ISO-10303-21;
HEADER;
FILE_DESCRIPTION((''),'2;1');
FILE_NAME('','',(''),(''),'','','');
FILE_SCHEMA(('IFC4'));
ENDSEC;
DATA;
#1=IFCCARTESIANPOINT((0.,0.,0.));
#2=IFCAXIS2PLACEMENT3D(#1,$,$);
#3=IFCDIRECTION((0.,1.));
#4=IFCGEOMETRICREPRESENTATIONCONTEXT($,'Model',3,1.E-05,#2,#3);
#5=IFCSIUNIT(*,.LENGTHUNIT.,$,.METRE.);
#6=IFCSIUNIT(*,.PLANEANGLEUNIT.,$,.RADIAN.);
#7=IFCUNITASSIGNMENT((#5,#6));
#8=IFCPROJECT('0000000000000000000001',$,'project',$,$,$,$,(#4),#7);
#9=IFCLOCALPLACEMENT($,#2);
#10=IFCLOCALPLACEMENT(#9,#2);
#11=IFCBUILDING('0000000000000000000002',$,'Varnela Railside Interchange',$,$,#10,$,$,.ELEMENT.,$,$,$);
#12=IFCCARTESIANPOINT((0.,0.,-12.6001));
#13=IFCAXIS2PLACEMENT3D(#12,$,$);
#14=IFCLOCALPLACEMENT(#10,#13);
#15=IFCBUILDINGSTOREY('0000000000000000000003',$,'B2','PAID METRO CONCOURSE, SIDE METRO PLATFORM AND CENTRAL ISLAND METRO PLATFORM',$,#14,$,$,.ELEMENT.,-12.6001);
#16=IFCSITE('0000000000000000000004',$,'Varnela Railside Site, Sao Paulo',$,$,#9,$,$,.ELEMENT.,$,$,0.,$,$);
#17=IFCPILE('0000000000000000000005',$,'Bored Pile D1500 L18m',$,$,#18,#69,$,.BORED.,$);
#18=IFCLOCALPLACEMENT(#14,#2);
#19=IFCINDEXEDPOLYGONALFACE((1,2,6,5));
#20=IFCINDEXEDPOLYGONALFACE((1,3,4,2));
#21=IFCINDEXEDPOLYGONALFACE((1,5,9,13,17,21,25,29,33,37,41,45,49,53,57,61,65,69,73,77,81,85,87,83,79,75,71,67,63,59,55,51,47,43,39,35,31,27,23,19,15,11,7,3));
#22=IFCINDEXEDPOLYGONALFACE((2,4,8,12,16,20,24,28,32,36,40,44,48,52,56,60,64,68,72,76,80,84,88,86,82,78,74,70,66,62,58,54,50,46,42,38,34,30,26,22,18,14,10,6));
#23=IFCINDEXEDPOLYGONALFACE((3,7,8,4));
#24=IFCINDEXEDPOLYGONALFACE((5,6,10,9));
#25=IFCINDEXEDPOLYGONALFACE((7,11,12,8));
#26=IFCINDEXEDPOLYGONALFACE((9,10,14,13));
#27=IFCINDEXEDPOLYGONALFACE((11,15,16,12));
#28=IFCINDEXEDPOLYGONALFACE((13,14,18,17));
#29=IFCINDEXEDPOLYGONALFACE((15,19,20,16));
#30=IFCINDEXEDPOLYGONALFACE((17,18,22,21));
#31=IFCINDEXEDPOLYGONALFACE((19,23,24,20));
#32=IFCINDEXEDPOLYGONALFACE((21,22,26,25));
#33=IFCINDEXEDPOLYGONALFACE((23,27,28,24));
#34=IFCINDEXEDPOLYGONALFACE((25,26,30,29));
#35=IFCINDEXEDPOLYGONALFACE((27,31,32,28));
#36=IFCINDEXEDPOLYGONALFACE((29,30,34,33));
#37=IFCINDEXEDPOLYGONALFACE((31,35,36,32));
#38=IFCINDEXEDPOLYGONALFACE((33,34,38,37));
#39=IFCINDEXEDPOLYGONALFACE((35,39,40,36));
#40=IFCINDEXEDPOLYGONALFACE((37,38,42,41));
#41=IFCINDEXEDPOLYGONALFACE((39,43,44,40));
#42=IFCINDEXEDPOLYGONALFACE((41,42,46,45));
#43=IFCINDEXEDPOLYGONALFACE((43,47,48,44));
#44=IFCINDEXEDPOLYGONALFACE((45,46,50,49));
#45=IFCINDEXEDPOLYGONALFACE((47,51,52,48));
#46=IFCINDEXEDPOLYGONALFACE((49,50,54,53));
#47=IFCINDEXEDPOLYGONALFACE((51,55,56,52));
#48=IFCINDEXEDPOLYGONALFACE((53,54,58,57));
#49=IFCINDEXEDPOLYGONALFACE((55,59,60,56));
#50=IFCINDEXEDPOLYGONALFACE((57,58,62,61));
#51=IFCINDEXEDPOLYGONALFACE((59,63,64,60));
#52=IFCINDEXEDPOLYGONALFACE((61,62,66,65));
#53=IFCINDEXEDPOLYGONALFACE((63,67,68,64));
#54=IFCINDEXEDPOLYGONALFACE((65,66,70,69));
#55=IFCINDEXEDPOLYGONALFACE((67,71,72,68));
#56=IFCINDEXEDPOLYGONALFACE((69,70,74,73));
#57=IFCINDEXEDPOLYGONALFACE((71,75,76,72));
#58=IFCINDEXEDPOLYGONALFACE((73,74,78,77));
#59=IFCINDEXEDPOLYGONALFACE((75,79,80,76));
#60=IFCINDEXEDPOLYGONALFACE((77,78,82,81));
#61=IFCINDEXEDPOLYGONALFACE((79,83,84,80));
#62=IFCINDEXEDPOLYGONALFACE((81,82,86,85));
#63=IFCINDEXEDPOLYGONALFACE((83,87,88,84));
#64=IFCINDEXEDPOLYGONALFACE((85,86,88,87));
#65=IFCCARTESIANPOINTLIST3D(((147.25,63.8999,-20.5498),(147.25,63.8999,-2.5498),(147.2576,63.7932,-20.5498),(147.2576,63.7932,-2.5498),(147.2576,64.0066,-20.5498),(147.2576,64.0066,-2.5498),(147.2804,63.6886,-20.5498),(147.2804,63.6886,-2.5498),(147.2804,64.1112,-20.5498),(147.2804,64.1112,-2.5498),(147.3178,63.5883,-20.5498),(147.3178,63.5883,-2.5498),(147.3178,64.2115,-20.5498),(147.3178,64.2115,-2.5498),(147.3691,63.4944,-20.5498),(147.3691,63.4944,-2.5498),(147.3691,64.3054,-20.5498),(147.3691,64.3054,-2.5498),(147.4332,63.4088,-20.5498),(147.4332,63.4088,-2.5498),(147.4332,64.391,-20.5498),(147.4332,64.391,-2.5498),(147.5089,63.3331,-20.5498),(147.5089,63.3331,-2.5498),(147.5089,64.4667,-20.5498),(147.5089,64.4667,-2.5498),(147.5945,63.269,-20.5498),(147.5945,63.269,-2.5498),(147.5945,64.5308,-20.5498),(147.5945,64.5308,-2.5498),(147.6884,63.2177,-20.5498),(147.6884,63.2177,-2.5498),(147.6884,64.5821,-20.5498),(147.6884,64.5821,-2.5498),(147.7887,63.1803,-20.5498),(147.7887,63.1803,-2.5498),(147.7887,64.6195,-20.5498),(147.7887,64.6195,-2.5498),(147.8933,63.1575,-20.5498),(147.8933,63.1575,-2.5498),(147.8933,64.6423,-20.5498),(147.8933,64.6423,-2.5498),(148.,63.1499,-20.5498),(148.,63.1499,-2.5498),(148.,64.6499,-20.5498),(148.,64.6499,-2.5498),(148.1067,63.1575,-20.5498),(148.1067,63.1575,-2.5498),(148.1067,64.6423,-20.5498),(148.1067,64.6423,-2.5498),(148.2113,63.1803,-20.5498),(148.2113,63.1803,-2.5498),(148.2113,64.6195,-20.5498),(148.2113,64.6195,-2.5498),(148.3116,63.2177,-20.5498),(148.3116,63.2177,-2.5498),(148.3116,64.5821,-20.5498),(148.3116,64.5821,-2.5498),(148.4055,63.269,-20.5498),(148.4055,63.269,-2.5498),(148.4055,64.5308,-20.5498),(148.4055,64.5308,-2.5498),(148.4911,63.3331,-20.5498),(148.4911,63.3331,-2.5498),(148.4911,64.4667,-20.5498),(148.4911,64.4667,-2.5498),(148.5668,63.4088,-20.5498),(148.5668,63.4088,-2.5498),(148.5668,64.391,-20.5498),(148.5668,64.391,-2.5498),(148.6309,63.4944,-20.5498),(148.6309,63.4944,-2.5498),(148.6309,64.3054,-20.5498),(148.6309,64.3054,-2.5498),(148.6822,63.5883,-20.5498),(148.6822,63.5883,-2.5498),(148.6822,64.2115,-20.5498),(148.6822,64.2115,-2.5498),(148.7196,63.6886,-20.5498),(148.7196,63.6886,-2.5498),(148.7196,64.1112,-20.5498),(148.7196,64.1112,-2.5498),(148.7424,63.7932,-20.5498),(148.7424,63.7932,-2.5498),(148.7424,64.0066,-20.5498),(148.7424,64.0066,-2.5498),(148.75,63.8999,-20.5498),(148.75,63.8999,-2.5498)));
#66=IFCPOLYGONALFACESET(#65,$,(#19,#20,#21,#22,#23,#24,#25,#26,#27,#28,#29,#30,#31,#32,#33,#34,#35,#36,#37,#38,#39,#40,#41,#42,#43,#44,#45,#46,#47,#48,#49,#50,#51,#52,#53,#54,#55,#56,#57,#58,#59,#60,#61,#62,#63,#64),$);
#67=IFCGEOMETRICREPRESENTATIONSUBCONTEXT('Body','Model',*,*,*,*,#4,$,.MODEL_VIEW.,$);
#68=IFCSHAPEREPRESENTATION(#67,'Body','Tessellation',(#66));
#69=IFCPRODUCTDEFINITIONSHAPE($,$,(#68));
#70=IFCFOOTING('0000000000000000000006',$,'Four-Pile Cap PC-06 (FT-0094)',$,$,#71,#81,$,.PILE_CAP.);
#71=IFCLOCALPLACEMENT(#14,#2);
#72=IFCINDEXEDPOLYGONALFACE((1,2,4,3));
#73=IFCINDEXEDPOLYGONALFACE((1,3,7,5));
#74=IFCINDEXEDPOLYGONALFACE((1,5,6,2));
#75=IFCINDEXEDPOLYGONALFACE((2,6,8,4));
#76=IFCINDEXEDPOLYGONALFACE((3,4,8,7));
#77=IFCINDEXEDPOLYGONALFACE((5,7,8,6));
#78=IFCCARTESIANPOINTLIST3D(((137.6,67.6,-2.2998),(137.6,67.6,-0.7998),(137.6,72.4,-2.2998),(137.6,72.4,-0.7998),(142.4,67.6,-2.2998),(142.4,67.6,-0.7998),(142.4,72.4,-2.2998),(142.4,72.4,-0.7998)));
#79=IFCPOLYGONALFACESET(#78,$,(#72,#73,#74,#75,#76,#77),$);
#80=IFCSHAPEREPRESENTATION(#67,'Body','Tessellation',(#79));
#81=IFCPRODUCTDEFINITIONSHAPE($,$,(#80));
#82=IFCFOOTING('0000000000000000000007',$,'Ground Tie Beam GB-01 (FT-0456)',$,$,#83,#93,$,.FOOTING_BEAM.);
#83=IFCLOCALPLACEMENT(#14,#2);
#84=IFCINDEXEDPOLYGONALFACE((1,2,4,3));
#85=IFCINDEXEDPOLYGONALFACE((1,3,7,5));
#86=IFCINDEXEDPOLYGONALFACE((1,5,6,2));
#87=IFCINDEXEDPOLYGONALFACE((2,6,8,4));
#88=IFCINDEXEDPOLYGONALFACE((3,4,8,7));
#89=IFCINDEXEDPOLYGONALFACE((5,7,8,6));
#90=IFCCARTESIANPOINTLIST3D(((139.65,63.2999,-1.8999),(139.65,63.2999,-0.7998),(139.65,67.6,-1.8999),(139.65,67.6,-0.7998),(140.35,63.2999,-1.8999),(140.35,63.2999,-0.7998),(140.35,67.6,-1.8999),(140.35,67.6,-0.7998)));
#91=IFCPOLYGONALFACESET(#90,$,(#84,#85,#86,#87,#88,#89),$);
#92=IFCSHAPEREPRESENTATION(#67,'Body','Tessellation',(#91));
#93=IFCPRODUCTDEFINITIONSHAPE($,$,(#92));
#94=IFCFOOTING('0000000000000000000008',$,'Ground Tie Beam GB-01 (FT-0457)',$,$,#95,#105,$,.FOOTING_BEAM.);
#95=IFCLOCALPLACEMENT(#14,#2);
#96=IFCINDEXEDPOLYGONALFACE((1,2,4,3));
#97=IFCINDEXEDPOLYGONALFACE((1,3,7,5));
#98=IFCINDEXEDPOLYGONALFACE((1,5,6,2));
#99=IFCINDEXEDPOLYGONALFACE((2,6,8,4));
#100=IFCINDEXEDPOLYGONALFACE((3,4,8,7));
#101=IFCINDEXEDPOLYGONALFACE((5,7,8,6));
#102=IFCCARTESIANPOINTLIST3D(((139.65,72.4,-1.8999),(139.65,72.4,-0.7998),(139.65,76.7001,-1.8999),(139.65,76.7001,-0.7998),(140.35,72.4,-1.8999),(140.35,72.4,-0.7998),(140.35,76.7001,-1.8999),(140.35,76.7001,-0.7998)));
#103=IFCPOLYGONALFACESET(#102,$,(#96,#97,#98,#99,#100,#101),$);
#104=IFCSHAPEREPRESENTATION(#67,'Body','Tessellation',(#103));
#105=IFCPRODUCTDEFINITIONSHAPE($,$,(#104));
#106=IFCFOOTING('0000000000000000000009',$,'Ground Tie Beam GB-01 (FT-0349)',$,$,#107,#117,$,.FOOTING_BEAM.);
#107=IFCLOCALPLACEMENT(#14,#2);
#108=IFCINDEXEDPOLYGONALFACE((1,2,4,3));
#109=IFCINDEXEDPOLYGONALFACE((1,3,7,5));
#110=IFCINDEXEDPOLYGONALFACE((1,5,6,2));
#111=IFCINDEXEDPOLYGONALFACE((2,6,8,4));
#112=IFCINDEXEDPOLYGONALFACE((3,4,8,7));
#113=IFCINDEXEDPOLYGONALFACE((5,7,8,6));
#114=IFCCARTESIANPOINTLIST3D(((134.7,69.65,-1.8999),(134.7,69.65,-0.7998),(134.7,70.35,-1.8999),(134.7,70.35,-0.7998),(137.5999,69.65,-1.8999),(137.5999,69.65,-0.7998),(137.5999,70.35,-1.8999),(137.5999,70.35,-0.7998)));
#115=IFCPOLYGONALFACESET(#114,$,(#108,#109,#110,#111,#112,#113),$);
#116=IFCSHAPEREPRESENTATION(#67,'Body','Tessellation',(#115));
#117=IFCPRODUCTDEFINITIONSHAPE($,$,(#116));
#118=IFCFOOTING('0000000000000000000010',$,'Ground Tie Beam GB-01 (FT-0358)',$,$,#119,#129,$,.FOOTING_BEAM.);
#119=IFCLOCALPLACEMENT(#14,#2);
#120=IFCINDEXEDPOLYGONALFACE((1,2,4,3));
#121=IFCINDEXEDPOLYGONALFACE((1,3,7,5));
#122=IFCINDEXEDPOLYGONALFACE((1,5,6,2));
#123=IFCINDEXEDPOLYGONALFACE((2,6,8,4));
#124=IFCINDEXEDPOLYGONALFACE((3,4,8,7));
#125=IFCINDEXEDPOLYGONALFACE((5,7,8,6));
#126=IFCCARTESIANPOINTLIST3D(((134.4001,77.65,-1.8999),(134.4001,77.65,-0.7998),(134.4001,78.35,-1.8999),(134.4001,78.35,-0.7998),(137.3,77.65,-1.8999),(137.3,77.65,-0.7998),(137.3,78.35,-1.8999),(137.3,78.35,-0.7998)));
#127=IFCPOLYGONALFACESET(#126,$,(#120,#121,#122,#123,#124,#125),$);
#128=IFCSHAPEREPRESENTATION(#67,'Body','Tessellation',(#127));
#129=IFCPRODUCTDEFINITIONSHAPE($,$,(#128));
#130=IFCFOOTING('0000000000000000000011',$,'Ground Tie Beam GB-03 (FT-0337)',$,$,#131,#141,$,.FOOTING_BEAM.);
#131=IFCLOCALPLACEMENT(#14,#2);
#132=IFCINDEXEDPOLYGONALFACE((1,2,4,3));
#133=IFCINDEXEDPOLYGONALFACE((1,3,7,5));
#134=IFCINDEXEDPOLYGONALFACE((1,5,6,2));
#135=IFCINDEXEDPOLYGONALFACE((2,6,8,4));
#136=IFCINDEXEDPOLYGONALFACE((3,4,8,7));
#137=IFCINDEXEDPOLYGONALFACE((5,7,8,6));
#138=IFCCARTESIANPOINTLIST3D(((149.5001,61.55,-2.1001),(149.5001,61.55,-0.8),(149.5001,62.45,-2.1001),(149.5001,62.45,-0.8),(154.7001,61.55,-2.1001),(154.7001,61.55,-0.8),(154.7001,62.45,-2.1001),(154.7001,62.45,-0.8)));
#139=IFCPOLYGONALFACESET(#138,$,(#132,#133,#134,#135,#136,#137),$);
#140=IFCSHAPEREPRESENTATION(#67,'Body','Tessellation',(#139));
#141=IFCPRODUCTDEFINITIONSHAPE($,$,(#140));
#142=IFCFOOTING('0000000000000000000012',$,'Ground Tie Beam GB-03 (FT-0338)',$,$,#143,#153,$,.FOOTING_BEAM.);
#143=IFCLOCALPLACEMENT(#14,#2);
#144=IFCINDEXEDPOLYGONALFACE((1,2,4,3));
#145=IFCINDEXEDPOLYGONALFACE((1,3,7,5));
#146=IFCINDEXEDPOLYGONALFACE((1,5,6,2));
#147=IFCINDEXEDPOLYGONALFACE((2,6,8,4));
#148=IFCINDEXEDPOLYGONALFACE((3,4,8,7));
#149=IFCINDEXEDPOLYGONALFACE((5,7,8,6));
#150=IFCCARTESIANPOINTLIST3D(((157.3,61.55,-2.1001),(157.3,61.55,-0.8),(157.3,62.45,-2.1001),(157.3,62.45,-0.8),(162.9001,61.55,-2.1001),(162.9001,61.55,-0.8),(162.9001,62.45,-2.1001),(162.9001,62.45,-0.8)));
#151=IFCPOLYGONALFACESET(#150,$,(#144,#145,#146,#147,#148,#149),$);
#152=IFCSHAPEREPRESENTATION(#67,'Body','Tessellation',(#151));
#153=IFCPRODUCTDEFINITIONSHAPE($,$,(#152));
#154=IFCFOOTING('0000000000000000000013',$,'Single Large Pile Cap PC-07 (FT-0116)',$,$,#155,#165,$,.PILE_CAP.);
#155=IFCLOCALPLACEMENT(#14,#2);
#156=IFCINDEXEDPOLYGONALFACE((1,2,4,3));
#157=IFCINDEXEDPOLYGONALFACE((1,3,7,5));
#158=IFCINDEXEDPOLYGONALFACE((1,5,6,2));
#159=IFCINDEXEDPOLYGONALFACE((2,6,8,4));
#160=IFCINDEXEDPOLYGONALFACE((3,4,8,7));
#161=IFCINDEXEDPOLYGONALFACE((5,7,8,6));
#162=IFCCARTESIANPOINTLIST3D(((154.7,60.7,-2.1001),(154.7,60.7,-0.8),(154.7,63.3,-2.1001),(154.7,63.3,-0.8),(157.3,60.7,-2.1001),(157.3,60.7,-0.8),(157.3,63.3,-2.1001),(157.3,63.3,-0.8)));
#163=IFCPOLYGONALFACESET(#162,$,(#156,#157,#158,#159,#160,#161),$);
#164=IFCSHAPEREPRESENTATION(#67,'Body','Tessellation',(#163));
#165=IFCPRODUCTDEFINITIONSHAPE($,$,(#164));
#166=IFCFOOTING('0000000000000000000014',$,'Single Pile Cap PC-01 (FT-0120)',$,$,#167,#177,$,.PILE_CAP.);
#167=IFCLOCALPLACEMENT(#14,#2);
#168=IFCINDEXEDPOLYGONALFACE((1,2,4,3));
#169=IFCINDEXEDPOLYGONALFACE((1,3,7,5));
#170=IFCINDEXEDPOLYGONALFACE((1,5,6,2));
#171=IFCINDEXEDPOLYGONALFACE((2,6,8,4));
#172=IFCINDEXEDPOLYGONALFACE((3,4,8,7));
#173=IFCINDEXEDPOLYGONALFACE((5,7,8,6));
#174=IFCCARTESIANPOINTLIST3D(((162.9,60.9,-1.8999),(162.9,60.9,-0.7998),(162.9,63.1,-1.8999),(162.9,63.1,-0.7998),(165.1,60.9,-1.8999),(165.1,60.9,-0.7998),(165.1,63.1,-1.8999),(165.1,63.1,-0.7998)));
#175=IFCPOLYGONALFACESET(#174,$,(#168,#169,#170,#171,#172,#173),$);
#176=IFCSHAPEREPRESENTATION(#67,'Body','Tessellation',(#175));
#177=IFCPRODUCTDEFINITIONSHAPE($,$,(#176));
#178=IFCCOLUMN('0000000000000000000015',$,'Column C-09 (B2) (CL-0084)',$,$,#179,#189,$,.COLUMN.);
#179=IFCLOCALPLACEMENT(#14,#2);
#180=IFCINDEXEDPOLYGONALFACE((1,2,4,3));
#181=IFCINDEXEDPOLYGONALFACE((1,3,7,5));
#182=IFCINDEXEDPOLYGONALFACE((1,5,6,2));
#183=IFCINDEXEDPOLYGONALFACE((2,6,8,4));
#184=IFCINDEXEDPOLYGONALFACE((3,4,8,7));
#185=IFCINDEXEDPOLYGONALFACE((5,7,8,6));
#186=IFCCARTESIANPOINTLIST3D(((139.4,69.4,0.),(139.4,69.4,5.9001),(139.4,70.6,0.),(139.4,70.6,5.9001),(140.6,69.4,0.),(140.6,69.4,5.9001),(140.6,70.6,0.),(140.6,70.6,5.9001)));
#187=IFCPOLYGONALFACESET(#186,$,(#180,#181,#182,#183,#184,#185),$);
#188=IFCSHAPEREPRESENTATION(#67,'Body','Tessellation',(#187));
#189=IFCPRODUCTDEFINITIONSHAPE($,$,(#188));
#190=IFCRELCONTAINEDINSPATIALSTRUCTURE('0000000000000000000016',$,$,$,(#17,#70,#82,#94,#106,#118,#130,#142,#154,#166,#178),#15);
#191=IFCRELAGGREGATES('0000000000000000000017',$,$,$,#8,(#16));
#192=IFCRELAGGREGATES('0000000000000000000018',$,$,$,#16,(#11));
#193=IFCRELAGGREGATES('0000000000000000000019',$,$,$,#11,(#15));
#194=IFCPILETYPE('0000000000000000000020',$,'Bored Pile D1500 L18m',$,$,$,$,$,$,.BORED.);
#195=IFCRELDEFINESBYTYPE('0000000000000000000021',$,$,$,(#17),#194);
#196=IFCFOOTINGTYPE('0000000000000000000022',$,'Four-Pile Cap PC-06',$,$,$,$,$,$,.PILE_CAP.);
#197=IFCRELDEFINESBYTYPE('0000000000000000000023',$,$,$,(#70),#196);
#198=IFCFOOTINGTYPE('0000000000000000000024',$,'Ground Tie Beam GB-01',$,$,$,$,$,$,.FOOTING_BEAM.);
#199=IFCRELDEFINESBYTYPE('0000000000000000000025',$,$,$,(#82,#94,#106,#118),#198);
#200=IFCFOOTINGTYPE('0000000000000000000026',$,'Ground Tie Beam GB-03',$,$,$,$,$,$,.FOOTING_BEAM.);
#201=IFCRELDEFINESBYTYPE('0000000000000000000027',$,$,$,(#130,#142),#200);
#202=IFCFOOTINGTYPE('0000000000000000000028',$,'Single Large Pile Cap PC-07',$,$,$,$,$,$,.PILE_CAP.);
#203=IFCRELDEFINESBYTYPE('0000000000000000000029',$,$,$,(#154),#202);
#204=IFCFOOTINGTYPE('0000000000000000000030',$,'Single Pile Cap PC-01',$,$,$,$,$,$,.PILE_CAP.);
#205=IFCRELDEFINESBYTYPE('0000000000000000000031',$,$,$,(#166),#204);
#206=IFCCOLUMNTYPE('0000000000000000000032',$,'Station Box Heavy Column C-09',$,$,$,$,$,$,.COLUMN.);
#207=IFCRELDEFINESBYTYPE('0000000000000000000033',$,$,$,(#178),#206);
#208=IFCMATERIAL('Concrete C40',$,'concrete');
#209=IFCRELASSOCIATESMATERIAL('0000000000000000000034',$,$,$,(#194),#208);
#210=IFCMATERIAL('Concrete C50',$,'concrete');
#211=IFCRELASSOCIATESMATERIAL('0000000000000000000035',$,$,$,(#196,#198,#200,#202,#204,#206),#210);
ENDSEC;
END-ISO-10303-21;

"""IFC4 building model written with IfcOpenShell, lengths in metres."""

from ifc_helpers import new_model, si_unit, direction, frame, origin, origin_2d, place, context, subcontext, project, spatial, rectangle, circle, extrude, material, material_profile, profile_set, type_object, element, save


model = new_model("IFC4")

# Units and contexts
model_context = context("Model", 3, precision=1e-05, world=origin(), true_north=direction((0.0, 1.0)))
body_context = subcontext(model_context, "Body", "Model", "MODEL_VIEW")
ifc_project = project(units=[si_unit("LENGTHUNIT", "METRE"), si_unit("PLANEANGLEUNIT", "RADIAN")], contexts=[model_context])

# Site, building, storey
site_placement = place(None, origin())
site = spatial("IfcSite", under=ifc_project, at=site_placement, Name="Varnela Railside Site, Sao Paulo", CompositionType="ELEMENT", RefElevation=0.0)
building_placement = place(site_placement, origin())
building = spatial("IfcBuilding", under=site, at=building_placement, Name="Varnela Railside Interchange", CompositionType="ELEMENT")
storey_placement = place(building_placement, frame((0.0, 0.0, -12.6001)))
storey = spatial("IfcBuildingStorey", under=building, at=storey_placement, Name="B2", Description="PAID METRO CONCOURSE, SIDE METRO PLATFORM AND CENTRAL ISLAND METRO PLATFORM", CompositionType="ELEMENT", Elevation=-12.6001)

# Shared definitions
ifc_material_1 = material(Name="Concrete C50", Category="concrete")

# Pile
ifc_material_2 = material(Name="Concrete C40", Category="concrete")
ifc_material_profile_1 = material_profile(ifc_material_2, circle(Radius=0.75, at=origin_2d()), Name="BORED PILE D1500")
ifc_profile_set_1 = profile_set([ifc_material_profile_1], Name="Concrete C40")
pile_type_1 = type_object("IfcPileType", Name="Bored Pile D1500 L18m", PredefinedType="BORED", material=ifc_profile_set_1)
pile_placement = place(storey_placement, frame((148.0, 63.8999, -2.5498), z_axis=(0.0, 0.0, -1.0), x_axis=(1.0, 0.0, 0.0)))
element("IfcPile", 1, at=pile_placement, inside=storey, type_object=pile_type_1, Name="Bored Pile D1500 L18m", PredefinedType="BORED", context=body_context, shape_type="SweptSolid", body=[
    extrude(circle(Radius=0.75, at=origin_2d()), origin(), (0.0, 0.0, 1.0), 18.0),
])

# Footings
footing_type_1 = type_object("IfcFootingType", Name="Four-Pile Cap PC-06", PredefinedType="PILE_CAP", material=ifc_material_1)
footing_1_placement = place(storey_placement, frame((140.0, 70.0, -2.2998), z_axis=(0.0, 0.0, 1.0), x_axis=(1.0, 0.0, 0.0)))
element("IfcFooting", 2, at=footing_1_placement, inside=storey, type_object=footing_type_1, Name="Four-Pile Cap PC-06 (FT-0094)", PredefinedType="PILE_CAP", context=body_context, shape_type="SweptSolid", body=[
    extrude(rectangle(XDim=4.8, YDim=4.8, at=origin_2d()), origin(), (0.0, 0.0, 1.0), 1.5),
])
footing_type_2 = type_object("IfcFootingType", Name="Ground Tie Beam GB-01", PredefinedType="FOOTING_BEAM", material=ifc_material_1)
for number, where, z_axis, x_axis, name in (
    (3, (140.0, 65.45, -1.8999), (0.0, 0.0, 1.0), (1.0, 0.0, 0.0), "Ground Tie Beam GB-01 (FT-0456)"),
    (4, (140.0, 74.55, -1.8999), (0.0, 0.0, 1.0), (1.0, 0.0, 0.0), "Ground Tie Beam GB-01 (FT-0457)"),
):
    element("IfcFooting", number, at=place(storey_placement, frame(where, z_axis=z_axis, x_axis=x_axis)), inside=storey, type_object=footing_type_2, Name=name, PredefinedType="FOOTING_BEAM", context=body_context, shape_type="SweptSolid", body=[
        extrude(rectangle(XDim=0.7, YDim=4.3, at=origin_2d()), origin(), (0.0, 0.0, 1.0), 1.1001),
    ])
for number, where, z_axis, x_axis, name in (
    (5, (136.1499, 70.0, -1.8999), (0.0, 0.0, 1.0), (1.0, 0.0, 0.0), "Ground Tie Beam GB-01 (FT-0349)"),
    (6, (135.8501, 78.0, -1.8999), (0.0, 0.0, 1.0), (1.0, 0.0, 0.0), "Ground Tie Beam GB-01 (FT-0358)"),
):
    element("IfcFooting", number, at=place(storey_placement, frame(where, z_axis=z_axis, x_axis=x_axis)), inside=storey, type_object=footing_type_2, Name=name, PredefinedType="FOOTING_BEAM", context=body_context, shape_type="SweptSolid", body=[
        extrude(rectangle(XDim=2.8999, YDim=0.7, at=origin_2d()), origin(), (0.0, 0.0, 1.0), 1.1001),
    ])
footing_type_3 = type_object("IfcFootingType", Name="Ground Tie Beam GB-03", PredefinedType="FOOTING_BEAM", material=ifc_material_1)
footing_2_placement = place(storey_placement, frame((152.1001, 62.0, -2.1001), z_axis=(0.0, 0.0, 1.0), x_axis=(1.0, 0.0, 0.0)))
element("IfcFooting", 7, at=footing_2_placement, inside=storey, type_object=footing_type_3, Name="Ground Tie Beam GB-03 (FT-0337)", PredefinedType="FOOTING_BEAM", context=body_context, shape_type="SweptSolid", body=[
    extrude(rectangle(XDim=5.2, YDim=0.8999, at=origin_2d()), origin(), (0.0, 0.0, 1.0), 1.3),
])
footing_3_placement = place(storey_placement, frame((160.1001, 62.0, -2.1001), z_axis=(0.0, 0.0, 1.0), x_axis=(1.0, 0.0, 0.0)))
element("IfcFooting", 8, at=footing_3_placement, inside=storey, type_object=footing_type_3, Name="Ground Tie Beam GB-03 (FT-0338)", PredefinedType="FOOTING_BEAM", context=body_context, shape_type="SweptSolid", body=[
    extrude(rectangle(XDim=5.6001, YDim=0.8999, at=origin_2d()), origin(), (0.0, 0.0, 1.0), 1.3),
])
footing_type_4 = type_object("IfcFootingType", Name="Single Large Pile Cap PC-07", PredefinedType="PILE_CAP", material=ifc_material_1)
footing_4_placement = place(storey_placement, frame((156.0, 62.0, -2.1001), z_axis=(0.0, 0.0, 1.0), x_axis=(1.0, 0.0, 0.0)))
element("IfcFooting", 9, at=footing_4_placement, inside=storey, type_object=footing_type_4, Name="Single Large Pile Cap PC-07 (FT-0116)", PredefinedType="PILE_CAP", context=body_context, shape_type="SweptSolid", body=[
    extrude(rectangle(XDim=2.6001, YDim=2.6001, at=origin_2d()), origin(), (0.0, 0.0, 1.0), 1.3),
])
footing_type_5 = type_object("IfcFootingType", Name="Single Pile Cap PC-01", PredefinedType="PILE_CAP", material=ifc_material_1)
footing_5_placement = place(storey_placement, frame((164.0, 62.0, -1.8999), z_axis=(0.0, 0.0, 1.0), x_axis=(1.0, 0.0, 0.0)))
element("IfcFooting", 10, at=footing_5_placement, inside=storey, type_object=footing_type_5, Name="Single Pile Cap PC-01 (FT-0120)", PredefinedType="PILE_CAP", context=body_context, shape_type="SweptSolid", body=[
    extrude(rectangle(XDim=2.2, YDim=2.2, at=origin_2d()), origin(), (0.0, 0.0, 1.0), 1.1001),
])

# Column
ifc_material_profile_2 = material_profile(ifc_material_1, rectangle(XDim=1.2, YDim=1.2, at=origin_2d()), Name="RC 1200x1200")
ifc_profile_set_2 = profile_set([ifc_material_profile_2], Name="Concrete C50")
column_type_1 = type_object("IfcColumnType", Name="Station Box Heavy Column C-09", PredefinedType="COLUMN", material=ifc_profile_set_2)
column_placement = place(storey_placement, frame((140.0, 70.0, 0.0), z_axis=(0.0, 0.0, 1.0), x_axis=(1.0, 0.0, 0.0)))
element("IfcColumn", 11, at=column_placement, inside=storey, type_object=column_type_1, Name="Column C-09 (B2) (CL-0084)", PredefinedType="COLUMN", context=body_context, shape_type="SweptSolid", body=[
    extrude(rectangle(XDim=1.2, YDim=1.2, at=origin_2d()), origin(), (0.0, 0.0, 1.0), 5.9001),
])

save(model, "model.ifc")
